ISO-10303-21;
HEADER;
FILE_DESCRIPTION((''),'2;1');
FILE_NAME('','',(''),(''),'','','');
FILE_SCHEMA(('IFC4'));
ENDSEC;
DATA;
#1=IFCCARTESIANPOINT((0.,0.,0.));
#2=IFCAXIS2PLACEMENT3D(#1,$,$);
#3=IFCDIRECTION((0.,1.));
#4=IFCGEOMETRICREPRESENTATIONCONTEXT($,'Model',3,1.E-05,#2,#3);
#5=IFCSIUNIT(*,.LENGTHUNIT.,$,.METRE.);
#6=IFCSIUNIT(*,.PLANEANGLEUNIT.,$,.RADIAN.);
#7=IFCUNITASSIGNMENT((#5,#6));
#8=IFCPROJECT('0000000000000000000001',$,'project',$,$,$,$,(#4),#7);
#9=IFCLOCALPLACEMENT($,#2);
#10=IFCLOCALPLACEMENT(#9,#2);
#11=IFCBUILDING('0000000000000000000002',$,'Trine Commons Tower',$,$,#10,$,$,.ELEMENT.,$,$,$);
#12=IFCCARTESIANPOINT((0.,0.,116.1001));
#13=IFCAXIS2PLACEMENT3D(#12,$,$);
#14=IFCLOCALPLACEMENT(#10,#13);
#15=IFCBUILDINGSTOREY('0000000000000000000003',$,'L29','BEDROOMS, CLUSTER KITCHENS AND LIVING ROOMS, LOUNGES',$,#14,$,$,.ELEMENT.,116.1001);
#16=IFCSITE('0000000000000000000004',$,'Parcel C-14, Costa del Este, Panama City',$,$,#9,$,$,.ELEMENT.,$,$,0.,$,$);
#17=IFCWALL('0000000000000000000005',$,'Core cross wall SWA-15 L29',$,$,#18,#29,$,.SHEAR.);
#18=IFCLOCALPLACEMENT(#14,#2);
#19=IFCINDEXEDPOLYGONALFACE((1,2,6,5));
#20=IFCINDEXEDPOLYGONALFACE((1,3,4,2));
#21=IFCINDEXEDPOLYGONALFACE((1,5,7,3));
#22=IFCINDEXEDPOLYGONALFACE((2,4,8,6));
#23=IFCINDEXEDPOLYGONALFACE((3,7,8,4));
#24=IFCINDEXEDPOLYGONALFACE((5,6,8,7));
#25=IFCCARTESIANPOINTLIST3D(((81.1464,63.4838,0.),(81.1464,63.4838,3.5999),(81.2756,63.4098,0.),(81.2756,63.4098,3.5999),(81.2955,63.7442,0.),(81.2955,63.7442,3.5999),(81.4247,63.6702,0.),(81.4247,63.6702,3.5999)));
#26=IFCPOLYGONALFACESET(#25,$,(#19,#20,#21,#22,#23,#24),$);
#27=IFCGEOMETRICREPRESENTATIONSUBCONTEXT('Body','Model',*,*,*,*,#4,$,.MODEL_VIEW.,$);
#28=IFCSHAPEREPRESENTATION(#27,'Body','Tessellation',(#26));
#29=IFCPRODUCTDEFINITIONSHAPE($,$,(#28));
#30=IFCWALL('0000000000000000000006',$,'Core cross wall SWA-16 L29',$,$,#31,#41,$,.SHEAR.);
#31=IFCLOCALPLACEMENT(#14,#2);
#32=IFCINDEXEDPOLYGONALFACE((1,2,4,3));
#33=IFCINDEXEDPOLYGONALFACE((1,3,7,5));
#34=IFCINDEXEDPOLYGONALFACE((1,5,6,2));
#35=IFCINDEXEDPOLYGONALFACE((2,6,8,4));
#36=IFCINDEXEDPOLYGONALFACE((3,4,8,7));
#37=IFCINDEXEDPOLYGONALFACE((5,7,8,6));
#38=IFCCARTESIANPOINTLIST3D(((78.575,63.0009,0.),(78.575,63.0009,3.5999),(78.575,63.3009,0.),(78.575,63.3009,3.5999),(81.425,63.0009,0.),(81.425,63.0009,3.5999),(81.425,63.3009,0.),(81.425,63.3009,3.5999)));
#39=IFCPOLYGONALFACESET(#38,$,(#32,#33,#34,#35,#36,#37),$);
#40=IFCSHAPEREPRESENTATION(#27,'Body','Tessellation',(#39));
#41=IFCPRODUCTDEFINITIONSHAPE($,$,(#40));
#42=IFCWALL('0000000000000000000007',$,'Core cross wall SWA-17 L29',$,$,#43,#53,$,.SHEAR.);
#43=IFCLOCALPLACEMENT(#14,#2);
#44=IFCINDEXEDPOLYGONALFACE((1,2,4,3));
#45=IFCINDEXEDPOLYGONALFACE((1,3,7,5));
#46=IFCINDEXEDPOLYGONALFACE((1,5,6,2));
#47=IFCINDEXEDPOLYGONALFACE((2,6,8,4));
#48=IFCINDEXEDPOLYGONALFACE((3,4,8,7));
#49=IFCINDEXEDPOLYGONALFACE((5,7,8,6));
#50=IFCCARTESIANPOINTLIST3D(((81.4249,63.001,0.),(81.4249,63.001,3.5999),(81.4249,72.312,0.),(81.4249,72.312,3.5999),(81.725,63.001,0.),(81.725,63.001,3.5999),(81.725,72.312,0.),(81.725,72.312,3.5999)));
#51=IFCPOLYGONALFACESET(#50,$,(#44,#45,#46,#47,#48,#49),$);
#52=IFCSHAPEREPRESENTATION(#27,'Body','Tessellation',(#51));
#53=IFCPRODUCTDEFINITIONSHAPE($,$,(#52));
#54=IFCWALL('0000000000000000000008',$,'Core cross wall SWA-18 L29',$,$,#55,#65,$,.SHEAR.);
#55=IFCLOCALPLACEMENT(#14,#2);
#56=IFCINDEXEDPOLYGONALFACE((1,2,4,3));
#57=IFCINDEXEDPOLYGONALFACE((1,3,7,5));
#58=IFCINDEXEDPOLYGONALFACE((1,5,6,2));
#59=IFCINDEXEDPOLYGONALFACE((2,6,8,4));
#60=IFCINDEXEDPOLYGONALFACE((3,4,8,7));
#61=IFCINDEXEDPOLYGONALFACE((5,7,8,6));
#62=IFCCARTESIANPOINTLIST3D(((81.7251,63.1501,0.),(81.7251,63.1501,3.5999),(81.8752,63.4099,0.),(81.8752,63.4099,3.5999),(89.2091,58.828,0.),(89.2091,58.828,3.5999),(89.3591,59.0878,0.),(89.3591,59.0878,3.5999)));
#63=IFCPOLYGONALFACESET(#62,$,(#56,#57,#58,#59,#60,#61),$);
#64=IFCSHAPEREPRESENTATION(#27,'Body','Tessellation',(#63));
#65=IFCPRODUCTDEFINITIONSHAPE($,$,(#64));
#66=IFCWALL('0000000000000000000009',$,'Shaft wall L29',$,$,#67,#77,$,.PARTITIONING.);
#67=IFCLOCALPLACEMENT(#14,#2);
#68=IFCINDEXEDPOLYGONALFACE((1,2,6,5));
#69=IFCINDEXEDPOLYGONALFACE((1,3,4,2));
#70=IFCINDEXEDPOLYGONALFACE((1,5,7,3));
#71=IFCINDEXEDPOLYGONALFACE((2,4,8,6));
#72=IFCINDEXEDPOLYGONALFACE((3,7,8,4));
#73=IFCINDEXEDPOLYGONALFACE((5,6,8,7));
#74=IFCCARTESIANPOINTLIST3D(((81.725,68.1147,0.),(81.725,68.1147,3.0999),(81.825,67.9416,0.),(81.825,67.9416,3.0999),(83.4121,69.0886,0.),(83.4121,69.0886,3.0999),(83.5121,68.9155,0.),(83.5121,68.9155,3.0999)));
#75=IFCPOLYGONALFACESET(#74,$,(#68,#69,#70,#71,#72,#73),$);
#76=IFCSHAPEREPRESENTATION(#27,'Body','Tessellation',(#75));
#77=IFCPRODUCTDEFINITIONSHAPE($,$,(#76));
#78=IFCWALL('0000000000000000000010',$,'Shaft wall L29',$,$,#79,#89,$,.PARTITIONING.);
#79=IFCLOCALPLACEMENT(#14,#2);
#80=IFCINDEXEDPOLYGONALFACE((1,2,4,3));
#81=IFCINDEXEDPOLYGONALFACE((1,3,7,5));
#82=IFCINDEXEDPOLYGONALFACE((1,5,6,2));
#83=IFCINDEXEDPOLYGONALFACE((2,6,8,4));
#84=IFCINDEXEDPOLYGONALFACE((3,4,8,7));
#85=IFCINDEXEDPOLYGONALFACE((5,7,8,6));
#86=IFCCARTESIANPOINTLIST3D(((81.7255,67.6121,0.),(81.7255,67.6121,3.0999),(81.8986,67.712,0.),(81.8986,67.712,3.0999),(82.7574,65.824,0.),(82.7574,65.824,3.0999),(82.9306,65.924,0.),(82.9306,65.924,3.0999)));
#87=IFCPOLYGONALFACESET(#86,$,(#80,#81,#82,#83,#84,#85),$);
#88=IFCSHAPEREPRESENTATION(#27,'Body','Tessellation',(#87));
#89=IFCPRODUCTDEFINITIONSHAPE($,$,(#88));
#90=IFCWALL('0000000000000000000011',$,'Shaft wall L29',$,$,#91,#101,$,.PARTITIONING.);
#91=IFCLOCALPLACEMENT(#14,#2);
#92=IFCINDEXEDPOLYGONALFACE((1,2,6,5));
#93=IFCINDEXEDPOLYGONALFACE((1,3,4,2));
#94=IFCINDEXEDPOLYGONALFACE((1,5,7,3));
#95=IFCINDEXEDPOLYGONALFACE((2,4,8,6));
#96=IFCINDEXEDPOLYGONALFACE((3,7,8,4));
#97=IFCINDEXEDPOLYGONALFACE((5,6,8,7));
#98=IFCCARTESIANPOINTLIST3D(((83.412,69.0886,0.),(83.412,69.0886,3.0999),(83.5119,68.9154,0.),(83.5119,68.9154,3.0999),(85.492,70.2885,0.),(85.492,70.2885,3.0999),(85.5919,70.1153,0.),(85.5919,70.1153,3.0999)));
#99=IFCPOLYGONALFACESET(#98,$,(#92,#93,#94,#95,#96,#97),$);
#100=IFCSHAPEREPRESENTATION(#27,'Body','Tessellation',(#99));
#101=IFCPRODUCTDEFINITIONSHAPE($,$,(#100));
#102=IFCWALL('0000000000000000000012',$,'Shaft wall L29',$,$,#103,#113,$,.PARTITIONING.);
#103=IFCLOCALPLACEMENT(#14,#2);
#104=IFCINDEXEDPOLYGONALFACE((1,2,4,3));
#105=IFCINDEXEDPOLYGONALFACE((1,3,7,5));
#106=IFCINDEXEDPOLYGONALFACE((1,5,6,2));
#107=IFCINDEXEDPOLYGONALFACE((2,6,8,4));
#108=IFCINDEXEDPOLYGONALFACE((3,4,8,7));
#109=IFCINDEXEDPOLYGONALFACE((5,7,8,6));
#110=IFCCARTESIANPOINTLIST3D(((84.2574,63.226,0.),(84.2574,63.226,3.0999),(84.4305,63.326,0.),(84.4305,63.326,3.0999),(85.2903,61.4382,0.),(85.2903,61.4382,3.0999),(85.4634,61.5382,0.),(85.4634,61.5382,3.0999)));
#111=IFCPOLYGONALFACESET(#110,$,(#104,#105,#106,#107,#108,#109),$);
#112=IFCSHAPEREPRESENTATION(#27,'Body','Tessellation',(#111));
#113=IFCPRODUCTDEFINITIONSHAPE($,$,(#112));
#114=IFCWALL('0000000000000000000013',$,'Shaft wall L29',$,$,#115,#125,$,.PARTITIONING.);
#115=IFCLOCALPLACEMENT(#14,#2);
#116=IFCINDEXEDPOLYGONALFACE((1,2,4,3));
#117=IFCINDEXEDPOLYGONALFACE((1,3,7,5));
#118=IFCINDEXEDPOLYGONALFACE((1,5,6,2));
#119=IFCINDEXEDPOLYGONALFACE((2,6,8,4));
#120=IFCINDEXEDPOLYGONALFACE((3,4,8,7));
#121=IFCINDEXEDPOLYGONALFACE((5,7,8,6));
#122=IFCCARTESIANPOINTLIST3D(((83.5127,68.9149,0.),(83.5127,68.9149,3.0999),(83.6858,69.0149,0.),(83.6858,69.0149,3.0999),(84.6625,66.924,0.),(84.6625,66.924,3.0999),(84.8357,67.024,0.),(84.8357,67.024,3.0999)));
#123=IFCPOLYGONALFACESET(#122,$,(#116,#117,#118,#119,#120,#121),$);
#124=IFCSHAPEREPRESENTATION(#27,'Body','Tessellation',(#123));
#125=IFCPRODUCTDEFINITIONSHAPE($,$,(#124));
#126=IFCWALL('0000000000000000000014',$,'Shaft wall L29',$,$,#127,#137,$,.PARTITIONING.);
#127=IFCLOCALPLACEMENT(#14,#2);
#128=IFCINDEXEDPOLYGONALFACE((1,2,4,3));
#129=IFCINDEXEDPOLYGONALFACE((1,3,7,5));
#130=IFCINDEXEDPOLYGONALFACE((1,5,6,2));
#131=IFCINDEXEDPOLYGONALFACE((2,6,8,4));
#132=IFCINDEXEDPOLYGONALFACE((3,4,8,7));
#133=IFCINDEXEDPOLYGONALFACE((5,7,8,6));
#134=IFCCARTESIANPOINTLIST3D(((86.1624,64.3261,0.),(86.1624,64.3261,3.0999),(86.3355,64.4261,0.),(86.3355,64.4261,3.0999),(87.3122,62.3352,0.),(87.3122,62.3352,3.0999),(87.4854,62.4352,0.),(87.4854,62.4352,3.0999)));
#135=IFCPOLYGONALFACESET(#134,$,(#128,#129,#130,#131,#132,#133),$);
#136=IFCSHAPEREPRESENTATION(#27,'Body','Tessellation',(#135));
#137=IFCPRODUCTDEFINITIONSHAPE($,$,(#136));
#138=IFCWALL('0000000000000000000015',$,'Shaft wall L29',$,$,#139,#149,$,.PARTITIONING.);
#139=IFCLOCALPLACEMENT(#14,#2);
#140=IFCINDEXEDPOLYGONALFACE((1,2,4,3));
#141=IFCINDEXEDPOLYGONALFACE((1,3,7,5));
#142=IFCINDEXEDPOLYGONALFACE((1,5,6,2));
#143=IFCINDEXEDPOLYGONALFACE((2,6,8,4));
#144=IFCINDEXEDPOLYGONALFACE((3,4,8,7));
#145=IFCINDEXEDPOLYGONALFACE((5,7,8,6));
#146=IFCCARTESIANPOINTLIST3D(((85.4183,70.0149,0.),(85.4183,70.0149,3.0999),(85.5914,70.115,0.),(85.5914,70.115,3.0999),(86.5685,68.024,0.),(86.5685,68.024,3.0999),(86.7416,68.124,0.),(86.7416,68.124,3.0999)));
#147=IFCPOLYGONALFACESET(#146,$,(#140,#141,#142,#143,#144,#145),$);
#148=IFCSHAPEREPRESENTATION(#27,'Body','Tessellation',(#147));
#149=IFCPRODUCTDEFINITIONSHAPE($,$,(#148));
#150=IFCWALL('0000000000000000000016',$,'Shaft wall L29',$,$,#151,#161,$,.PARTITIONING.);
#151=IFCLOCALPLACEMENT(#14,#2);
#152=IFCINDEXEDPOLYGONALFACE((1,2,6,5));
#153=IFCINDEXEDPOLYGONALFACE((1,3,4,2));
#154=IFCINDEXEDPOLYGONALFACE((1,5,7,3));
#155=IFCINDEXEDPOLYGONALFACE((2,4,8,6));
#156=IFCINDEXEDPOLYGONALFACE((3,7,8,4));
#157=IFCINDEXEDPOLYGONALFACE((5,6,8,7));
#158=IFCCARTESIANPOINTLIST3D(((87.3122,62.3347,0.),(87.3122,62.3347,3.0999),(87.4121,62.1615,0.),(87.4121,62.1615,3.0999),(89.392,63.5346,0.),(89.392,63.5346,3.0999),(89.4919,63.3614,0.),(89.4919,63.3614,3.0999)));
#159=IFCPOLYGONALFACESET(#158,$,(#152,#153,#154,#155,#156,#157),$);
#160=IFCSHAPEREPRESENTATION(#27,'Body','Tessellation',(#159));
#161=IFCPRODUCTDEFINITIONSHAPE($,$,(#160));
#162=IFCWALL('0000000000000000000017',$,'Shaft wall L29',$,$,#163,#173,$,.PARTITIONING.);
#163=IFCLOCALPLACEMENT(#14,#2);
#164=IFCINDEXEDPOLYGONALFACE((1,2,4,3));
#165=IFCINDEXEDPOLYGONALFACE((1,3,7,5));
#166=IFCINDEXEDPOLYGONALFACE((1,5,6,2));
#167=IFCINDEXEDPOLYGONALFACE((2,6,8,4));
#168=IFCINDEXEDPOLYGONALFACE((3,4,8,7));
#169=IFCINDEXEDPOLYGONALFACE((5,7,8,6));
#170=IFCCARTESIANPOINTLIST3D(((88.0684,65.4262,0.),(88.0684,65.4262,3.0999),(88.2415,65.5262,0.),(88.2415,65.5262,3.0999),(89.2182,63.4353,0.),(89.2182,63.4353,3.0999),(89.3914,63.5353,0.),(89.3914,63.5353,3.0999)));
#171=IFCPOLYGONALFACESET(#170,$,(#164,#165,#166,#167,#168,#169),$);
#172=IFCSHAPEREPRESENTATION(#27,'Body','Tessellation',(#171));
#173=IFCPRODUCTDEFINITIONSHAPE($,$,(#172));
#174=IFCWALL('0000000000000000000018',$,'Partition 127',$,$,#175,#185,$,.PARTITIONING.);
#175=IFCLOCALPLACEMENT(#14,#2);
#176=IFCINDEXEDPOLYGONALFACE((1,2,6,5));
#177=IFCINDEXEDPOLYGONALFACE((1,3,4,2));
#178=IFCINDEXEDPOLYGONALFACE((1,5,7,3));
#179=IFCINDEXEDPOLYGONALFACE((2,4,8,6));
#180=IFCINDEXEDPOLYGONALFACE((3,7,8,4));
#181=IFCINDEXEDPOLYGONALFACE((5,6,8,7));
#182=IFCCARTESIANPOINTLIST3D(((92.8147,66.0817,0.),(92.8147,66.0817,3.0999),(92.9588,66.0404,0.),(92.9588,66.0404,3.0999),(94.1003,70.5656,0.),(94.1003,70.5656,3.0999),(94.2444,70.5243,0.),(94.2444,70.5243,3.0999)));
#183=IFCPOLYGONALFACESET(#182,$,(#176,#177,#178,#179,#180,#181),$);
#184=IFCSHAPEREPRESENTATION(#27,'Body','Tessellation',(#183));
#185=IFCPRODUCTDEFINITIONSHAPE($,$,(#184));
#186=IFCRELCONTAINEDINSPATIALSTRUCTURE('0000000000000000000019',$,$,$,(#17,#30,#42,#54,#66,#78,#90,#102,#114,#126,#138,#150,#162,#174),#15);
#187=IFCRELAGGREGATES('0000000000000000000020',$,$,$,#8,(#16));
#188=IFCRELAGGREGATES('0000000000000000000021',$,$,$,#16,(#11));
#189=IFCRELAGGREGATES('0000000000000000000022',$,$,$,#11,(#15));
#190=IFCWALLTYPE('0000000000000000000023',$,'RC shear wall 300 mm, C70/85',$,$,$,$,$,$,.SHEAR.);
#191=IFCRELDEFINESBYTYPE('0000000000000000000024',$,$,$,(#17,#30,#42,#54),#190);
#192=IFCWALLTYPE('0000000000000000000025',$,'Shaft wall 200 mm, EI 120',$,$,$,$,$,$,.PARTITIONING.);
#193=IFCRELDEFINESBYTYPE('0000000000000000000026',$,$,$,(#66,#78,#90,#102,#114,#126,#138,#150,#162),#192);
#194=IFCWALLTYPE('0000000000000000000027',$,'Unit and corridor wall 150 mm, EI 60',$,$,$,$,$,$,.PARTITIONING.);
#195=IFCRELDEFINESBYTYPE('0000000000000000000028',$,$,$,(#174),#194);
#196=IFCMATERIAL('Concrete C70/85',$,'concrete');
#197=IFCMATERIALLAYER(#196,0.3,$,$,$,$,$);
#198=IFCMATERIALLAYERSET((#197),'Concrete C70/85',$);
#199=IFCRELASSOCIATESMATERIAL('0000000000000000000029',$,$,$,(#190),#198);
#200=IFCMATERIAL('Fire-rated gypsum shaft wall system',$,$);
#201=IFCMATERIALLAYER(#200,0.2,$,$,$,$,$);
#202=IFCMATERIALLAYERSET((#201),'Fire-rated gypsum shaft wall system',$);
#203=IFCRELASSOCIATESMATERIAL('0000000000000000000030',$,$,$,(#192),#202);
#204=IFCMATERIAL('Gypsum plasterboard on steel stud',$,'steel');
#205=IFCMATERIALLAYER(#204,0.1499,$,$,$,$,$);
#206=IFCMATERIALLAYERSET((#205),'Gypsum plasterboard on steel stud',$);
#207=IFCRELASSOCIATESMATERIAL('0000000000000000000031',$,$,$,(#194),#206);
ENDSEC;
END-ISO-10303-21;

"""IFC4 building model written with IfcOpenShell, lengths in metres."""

from ifc_helpers import new_model, si_unit, direction, frame, frame_2d, origin, place, context, subcontext, project, spatial, rectangle, extrude, material, layer, layer_set, type_object, element, save


model = new_model("IFC4")

# Units and contexts
model_context = context("Model", 3, precision=1e-05, world=origin(), true_north=direction((0.0, 1.0)))
body_context = subcontext(model_context, "Body", "Model", "MODEL_VIEW")
ifc_project = project(units=[si_unit("LENGTHUNIT", "METRE"), si_unit("PLANEANGLEUNIT", "RADIAN")], contexts=[model_context])

# Site, building, storey
site_placement = place(None, origin())
site = spatial("IfcSite", under=ifc_project, at=site_placement, Name="Parcel C-14, Costa del Este, Panama City", CompositionType="ELEMENT", RefElevation=0.0)
building_placement = place(site_placement, origin())
building = spatial("IfcBuilding", under=site, at=building_placement, Name="Trine Commons Tower", CompositionType="ELEMENT")
storey_placement = place(building_placement, frame((0.0, 0.0, 116.1001)))
storey = spatial("IfcBuildingStorey", under=building, at=storey_placement, Name="L29", Description="BEDROOMS, CLUSTER KITCHENS AND LIVING ROOMS, LOUNGES", CompositionType="ELEMENT", Elevation=116.1001)

# Shared definitions
ifc_material_1 = material(Name="Fire-rated gypsum shaft wall system")
ifc_material_2 = material(Name="Concrete C70/85", Category="concrete")
ifc_layer_1 = layer(ifc_material_2, 0.3)
ifc_layer_set_1 = layer_set([ifc_layer_1], Name="Concrete C70/85")
wall_type_1 = type_object("IfcWallType", Name="RC shear wall 300 mm, C70/85", PredefinedType="SHEAR", material=ifc_layer_set_1)

# Walls
wall_1_placement = place(storey_placement, frame((81.2209, 63.614, 0.0), z_axis=(0.0, 0.0, 1.0), x_axis=(0.867738, -0.497022, 0.0)))
element("IfcWall", 1, at=wall_1_placement, inside=storey, type_object=wall_type_1, Name="Core cross wall SWA-15 L29", PredefinedType="SHEAR", context=body_context, shape_type="SweptSolid", body=[
    extrude(rectangle(XDim=0.1489, YDim=0.3, at=frame_2d((0.0745, 0.0))), origin(), (0.0, 0.0, 1.0), 3.5999),
])
wall_2_placement = place(storey_placement, frame((81.425, 63.1509, 0.0), z_axis=(0.0, 0.0, 1.0), x_axis=(-1.0, 0.0, 0.0)))
element("IfcWall", 2, at=wall_2_placement, inside=storey, type_object=wall_type_1, Name="Core cross wall SWA-16 L29", PredefinedType="SHEAR", context=body_context, shape_type="SweptSolid", body=[
    extrude(rectangle(XDim=2.8501, YDim=0.3, at=frame_2d((1.425, 0.0))), origin(), (0.0, 0.0, 1.0), 3.5999),
])
wall_3_placement = place(storey_placement, frame((81.575, 63.001, 0.0), z_axis=(0.0, 0.0, 1.0), x_axis=(0.0, 1.0, 0.0)))
element("IfcWall", 3, at=wall_3_placement, inside=storey, type_object=wall_type_1, Name="Core cross wall SWA-17 L29", PredefinedType="SHEAR", context=body_context, shape_type="SweptSolid", body=[
    extrude(rectangle(XDim=9.311, YDim=0.3, at=frame_2d((4.6555, 0.0))), origin(), (0.0, 0.0, 1.0), 3.5999),
])
wall_4_placement = place(storey_placement, frame((81.8, 63.28, 0.0), z_axis=(0.0, 0.0, 1.0), x_axis=(0.865965, -0.500104, 0.0)))
element("IfcWall", 4, at=wall_4_placement, inside=storey, type_object=wall_type_1, Name="Core cross wall SWA-18 L29", PredefinedType="SHEAR", context=body_context, shape_type="SweptSolid", body=[
    extrude(rectangle(XDim=8.6423, YDim=0.3, at=frame_2d((4.3213, 0.0))), origin(), (0.0, 0.0, 1.0), 3.5999),
])
ifc_layer_2 = layer(ifc_material_1, 0.2)
ifc_layer_set_2 = layer_set([ifc_layer_2], Name="Fire-rated gypsum shaft wall system")
wall_type_2 = type_object("IfcWallType", Name="Shaft wall 200 mm, EI 120", PredefinedType="PARTITIONING", material=ifc_layer_set_2)
wall_5_placement = place(storey_placement, frame((81.7749, 68.0281, 0.0), z_axis=(0.0, 0.0, 1.0), x_axis=(0.866052, 0.499954, 0.0)))
element("IfcWall", 5, at=wall_5_placement, inside=storey, type_object=wall_type_2, Name="Shaft wall L29", PredefinedType="PARTITIONING", context=body_context, shape_type="SweptSolid", body=[
    extrude(rectangle(XDim=1.948, YDim=0.2, at=frame_2d((0.9741, 0.0))), origin(), (0.0, 0.0, 1.0), 3.0999),
])
wall_6_placement = place(storey_placement, frame((82.844, 65.874, 0.0), z_axis=(0.0, 0.0, 1.0), x_axis=(-0.499866, 0.866103, 0.0)))
element("IfcWall", 6, at=wall_6_placement, inside=storey, type_object=wall_type_2, Name="Shaft wall L29", PredefinedType="PARTITIONING", context=body_context, shape_type="SweptSolid", body=[
    extrude(rectangle(XDim=2.0645, YDim=0.2, at=frame_2d((1.0322, 0.0))), origin(), (0.0, 0.0, 1.0), 3.0999),
])
wall_7_placement = place(storey_placement, frame((83.4619, 69.002, 0.0), z_axis=(0.0, 0.0, 1.0), x_axis=(0.866203, 0.499693, 0.0)))
element("IfcWall", 7, at=wall_7_placement, inside=storey, type_object=wall_type_2, Name="Shaft wall L29", PredefinedType="PARTITIONING", context=body_context, shape_type="SweptSolid", body=[
    extrude(rectangle(XDim=2.4014, YDim=0.2, at=frame_2d((1.2007, 0.0))), origin(), (0.0, 0.0, 1.0), 3.0999),
])
wall_8_placement = place(storey_placement, frame((84.344, 63.2759, 0.0), z_axis=(0.0, 0.0, 1.0), x_axis=(0.500272, -0.865868, 0.0)))
element("IfcWall", 8, at=wall_8_placement, inside=storey, type_object=wall_type_2, Name="Shaft wall L29", PredefinedType="PARTITIONING", context=body_context, shape_type="SweptSolid", body=[
    extrude(rectangle(XDim=2.0647, YDim=0.2, at=frame_2d((1.0322, 0.0))), origin(), (0.0, 0.0, 1.0), 3.0999),
])
for number, where, z_axis, x_axis, name in (
    (9, (84.749, 66.9741, 0.0), (0.0, 0.0, 1.0), (-0.500136, 0.865947, 0.0), "Shaft wall L29"),
    (10, (86.249, 64.376, 0.0), (0.0, 0.0, 1.0), (0.500136, -0.865947, 0.0), "Shaft wall L29"),
):
    element("IfcWall", number, at=place(storey_placement, frame(where, z_axis=z_axis, x_axis=x_axis)), inside=storey, type_object=wall_type_2, Name=name, PredefinedType="PARTITIONING", context=body_context, shape_type="SweptSolid", body=[
        extrude(rectangle(XDim=2.2991, YDim=0.2, at=frame_2d((1.1494, 0.0))), origin(), (0.0, 0.0, 1.0), 3.0999),
    ])
wall_9_placement = place(storey_placement, frame((86.655, 68.074, 0.0), z_axis=(0.0, 0.0, 1.0), x_axis=(-0.500216, 0.865901, 0.0)))
element("IfcWall", 11, at=wall_9_placement, inside=storey, type_object=wall_type_2, Name="Shaft wall L29", PredefinedType="PARTITIONING", context=body_context, shape_type="SweptSolid", body=[
    extrude(rectangle(XDim=2.2993, YDim=0.2, at=frame_2d((1.1497, 0.0))), origin(), (0.0, 0.0, 1.0), 3.0999),
])
wall_10_placement = place(storey_placement, frame((87.3621, 62.248, 0.0), z_axis=(0.0, 0.0, 1.0), x_axis=(0.866177, 0.499737, 0.0)))
element("IfcWall", 12, at=wall_10_placement, inside=storey, type_object=wall_type_2, Name="Shaft wall L29", PredefinedType="PARTITIONING", context=body_context, shape_type="SweptSolid", body=[
    extrude(rectangle(XDim=2.4011, YDim=0.2, at=frame_2d((1.2007, 0.0))), origin(), (0.0, 0.0, 1.0), 3.0999),
])
wall_11_placement = place(storey_placement, frame((88.155, 65.4761, 0.0), z_axis=(0.0, 0.0, 1.0), x_axis=(0.500136, -0.865947, 0.0)))
element("IfcWall", 13, at=wall_11_placement, inside=storey, type_object=wall_type_2, Name="Shaft wall L29", PredefinedType="PARTITIONING", context=body_context, shape_type="SweptSolid", body=[
    extrude(rectangle(XDim=2.2991, YDim=0.2, at=frame_2d((1.1494, 0.0))), origin(), (0.0, 0.0, 1.0), 3.0999),
])
ifc_material_3 = material(Name="Gypsum plasterboard on steel stud", Category="steel")
ifc_layer_3 = layer(ifc_material_3, 0.1499)
ifc_layer_set_3 = layer_set([ifc_layer_3], Name="Gypsum plasterboard on steel stud")
wall_type_3 = type_object("IfcWallType", Name="Unit and corridor wall 150 mm, EI 60", PredefinedType="PARTITIONING", material=ifc_layer_set_3)
wall_12_placement = place(storey_placement, frame((92.8867, 66.061, 0.0), z_axis=(0.0, 0.0, 1.0), x_axis=(0.27562, 0.961267, 0.0)))
element("IfcWall", 14, at=wall_12_placement, inside=storey, type_object=wall_type_3, Name="Partition 127", PredefinedType="PARTITIONING", context=body_context, shape_type="SweptSolid", body=[
    extrude(rectangle(XDim=4.6646, YDim=0.1499, at=frame_2d((2.3323, 0.0))), origin(), (0.0, 0.0, 1.0), 3.0999),
])

save(model, "model.ifc")
